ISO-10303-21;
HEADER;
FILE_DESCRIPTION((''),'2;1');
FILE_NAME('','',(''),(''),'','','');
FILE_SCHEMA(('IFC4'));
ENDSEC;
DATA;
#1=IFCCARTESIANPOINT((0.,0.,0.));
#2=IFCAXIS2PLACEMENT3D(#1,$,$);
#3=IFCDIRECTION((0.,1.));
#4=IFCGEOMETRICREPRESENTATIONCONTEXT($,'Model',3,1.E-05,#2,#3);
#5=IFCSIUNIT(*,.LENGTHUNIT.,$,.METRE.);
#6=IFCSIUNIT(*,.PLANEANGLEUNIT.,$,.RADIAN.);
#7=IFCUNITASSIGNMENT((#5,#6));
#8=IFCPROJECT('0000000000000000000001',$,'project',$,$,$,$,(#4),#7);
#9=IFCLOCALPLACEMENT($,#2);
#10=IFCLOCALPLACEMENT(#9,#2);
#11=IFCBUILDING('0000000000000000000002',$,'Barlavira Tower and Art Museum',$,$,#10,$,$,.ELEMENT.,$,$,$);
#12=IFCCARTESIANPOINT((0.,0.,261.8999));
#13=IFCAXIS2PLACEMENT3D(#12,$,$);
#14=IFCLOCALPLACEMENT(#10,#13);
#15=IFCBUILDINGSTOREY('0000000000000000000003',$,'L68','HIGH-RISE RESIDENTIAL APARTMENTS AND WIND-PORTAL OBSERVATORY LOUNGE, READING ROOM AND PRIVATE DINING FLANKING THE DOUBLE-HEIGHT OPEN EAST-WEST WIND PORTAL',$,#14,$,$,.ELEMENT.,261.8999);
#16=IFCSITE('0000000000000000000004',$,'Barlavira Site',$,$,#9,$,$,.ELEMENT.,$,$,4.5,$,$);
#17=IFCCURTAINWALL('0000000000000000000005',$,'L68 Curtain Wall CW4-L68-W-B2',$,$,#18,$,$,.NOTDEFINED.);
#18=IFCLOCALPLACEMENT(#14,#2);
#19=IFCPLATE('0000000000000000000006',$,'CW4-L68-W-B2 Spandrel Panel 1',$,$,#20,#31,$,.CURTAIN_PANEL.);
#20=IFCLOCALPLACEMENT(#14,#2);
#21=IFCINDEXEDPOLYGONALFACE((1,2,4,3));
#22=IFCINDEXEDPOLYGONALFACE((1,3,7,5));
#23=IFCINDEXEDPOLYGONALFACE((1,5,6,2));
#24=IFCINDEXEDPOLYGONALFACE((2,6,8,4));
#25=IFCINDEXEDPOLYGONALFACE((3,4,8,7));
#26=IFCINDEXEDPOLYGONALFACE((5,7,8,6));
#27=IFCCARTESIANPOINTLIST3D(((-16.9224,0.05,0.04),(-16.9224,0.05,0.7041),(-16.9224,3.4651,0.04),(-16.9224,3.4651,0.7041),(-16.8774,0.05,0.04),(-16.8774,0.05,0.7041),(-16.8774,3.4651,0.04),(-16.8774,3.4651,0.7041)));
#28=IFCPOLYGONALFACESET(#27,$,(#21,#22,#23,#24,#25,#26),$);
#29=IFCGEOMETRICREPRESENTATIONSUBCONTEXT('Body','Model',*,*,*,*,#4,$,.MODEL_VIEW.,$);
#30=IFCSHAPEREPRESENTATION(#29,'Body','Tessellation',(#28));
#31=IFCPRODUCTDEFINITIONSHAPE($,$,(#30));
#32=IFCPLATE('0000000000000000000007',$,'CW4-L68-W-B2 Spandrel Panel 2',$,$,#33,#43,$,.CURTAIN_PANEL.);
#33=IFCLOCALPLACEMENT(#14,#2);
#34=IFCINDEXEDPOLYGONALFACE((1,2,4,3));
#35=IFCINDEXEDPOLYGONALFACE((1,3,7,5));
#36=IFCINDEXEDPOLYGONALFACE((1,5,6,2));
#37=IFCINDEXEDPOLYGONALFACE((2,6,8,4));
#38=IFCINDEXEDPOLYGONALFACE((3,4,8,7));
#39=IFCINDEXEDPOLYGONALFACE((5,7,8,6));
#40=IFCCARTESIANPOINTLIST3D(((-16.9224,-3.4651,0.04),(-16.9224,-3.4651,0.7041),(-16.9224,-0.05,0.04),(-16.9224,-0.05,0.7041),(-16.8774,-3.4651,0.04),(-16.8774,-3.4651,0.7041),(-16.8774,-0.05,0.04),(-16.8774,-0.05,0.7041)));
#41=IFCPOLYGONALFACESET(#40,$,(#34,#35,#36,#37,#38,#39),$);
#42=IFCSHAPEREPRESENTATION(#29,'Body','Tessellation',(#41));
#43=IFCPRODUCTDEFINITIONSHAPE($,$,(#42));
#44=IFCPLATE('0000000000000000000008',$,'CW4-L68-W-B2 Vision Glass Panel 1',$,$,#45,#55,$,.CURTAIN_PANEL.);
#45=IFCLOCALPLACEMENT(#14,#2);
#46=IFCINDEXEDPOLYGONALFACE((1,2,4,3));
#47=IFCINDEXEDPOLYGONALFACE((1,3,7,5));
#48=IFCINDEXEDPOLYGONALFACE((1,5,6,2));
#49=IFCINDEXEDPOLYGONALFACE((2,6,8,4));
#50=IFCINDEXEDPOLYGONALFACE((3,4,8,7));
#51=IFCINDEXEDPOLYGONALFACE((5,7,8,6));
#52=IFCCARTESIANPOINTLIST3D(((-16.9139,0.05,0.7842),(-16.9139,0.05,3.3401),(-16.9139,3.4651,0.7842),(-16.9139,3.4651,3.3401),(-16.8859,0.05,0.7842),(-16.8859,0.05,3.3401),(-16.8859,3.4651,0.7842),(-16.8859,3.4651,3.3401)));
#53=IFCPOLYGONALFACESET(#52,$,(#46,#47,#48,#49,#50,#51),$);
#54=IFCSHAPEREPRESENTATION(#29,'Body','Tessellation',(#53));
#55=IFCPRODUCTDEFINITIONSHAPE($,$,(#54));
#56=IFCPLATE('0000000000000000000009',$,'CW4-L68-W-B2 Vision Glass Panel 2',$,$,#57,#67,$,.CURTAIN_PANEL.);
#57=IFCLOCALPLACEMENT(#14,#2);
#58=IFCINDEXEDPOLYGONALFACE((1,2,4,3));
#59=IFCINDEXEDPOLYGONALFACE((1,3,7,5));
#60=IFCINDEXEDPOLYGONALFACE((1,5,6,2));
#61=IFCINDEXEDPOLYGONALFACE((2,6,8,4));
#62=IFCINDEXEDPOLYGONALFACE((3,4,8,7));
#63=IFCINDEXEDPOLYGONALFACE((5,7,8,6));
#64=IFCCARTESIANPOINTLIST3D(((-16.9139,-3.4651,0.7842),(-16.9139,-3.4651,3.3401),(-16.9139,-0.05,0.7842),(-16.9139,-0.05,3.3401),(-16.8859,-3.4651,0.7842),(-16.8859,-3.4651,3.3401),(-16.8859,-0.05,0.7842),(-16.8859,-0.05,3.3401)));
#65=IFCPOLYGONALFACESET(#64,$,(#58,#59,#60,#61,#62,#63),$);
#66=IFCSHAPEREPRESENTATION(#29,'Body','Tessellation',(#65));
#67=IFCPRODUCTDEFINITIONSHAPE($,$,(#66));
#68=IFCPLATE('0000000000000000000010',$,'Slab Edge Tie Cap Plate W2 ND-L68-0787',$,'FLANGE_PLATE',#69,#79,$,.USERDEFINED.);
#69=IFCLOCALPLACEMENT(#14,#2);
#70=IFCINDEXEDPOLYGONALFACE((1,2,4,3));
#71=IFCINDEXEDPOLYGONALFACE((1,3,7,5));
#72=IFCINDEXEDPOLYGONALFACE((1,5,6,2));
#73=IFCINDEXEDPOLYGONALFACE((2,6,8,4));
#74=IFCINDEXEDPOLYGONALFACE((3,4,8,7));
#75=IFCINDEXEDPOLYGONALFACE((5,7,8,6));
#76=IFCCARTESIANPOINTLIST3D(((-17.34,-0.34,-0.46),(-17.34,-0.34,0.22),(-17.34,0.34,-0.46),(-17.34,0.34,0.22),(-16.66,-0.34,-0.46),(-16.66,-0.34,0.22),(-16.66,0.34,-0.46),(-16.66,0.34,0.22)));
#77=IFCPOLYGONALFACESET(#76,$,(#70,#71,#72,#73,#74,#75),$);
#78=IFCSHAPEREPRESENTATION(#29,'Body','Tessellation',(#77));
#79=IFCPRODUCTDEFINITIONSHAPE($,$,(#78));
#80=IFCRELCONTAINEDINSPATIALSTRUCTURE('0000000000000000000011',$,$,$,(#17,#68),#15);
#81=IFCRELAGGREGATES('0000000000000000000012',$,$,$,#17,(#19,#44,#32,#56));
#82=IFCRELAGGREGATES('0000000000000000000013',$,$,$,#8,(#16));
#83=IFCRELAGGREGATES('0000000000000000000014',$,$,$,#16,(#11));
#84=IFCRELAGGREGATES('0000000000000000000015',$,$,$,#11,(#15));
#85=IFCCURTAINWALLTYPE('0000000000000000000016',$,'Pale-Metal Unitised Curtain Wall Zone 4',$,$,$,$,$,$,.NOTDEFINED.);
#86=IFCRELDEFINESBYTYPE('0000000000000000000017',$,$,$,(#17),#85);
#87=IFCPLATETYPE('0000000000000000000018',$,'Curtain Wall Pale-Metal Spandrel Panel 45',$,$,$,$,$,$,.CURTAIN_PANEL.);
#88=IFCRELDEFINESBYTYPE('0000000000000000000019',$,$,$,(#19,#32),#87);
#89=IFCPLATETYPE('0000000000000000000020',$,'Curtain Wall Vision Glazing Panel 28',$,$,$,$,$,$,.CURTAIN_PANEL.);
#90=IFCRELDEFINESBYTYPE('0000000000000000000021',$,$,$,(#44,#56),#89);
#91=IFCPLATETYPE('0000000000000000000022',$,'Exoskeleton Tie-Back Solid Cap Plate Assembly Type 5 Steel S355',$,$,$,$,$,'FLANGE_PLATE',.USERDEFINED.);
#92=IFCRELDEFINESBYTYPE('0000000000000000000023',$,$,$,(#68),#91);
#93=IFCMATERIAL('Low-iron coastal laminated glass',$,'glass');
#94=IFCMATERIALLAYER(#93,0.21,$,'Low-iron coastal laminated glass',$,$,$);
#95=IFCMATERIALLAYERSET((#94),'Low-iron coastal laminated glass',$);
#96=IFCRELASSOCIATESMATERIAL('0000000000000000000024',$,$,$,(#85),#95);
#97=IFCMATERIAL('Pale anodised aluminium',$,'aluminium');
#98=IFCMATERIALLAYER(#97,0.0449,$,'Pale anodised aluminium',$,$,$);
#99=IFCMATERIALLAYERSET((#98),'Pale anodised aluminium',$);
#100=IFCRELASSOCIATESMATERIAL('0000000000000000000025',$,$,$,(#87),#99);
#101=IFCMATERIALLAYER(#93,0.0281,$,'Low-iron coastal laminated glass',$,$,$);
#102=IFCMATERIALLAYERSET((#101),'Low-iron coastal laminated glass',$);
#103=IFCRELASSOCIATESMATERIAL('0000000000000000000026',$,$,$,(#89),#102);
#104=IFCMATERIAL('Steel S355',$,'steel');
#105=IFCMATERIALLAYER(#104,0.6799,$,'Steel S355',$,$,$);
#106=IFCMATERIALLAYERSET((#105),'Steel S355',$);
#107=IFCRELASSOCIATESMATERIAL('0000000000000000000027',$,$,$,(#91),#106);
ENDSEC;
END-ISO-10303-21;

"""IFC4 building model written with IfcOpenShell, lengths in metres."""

from ifc_helpers import new_model, si_unit, direction, frame, origin, origin_2d, place, context, subcontext, project, spatial, rectangle, extrude, material, layer, layer_set, type_object, element, aggregate, save


model = new_model("IFC4")

# Units and contexts
model_context = context("Model", 3, precision=1e-05, world=origin(), true_north=direction((0.0, 1.0)))
body_context = subcontext(model_context, "Body", "Model", "MODEL_VIEW")
ifc_project = project(units=[si_unit("LENGTHUNIT", "METRE"), si_unit("PLANEANGLEUNIT", "RADIAN")], contexts=[model_context])

# Site, building, storey
site_placement = place(None, origin())
site = spatial("IfcSite", under=ifc_project, at=site_placement, Name="Barlavira Site", CompositionType="ELEMENT", RefElevation=4.5)
building_placement = place(site_placement, origin())
building = spatial("IfcBuilding", under=site, at=building_placement, Name="Barlavira Tower and Art Museum", CompositionType="ELEMENT")
storey_placement = place(building_placement, frame((0.0, 0.0, 261.8999)))
storey = spatial("IfcBuildingStorey", under=building, at=storey_placement, Name="L68", Description="HIGH-RISE RESIDENTIAL APARTMENTS AND WIND-PORTAL OBSERVATORY LOUNGE, READING ROOM AND PRIVATE DINING FLANKING THE DOUBLE-HEIGHT OPEN EAST-WEST WIND PORTAL", CompositionType="ELEMENT", Elevation=261.8999)

# Curtain wall
ifc_material_1 = material(Name="Low-iron coastal laminated glass", Category="glass")
ifc_layer_1 = layer(ifc_material_1, 0.21, Name="Low-iron coastal laminated glass")
ifc_layer_set_1 = layer_set([ifc_layer_1], Name="Low-iron coastal laminated glass")
curtain_wall_type = type_object("IfcCurtainWallType", Name="Pale-Metal Unitised Curtain Wall Zone 4", PredefinedType="NOTDEFINED", material=ifc_layer_set_1)
curtain_wall_placement = place(storey_placement, origin())
curtain_wall = element("IfcCurtainWall", 1, at=curtain_wall_placement, inside=storey, type_object=curtain_wall_type, Name="L68 Curtain Wall CW4-L68-W-B2", PredefinedType="NOTDEFINED")
ifc_material_2 = material(Name="Pale anodised aluminium", Category="aluminium")

# Shared definitions
ifc_material_3 = material(Name="Steel S355", Category="steel")

# Plates
ifc_layer_2 = layer(ifc_material_2, 0.0449, Name="Pale anodised aluminium")
ifc_layer_set_2 = layer_set([ifc_layer_2], Name="Pale anodised aluminium")
plate_type_1 = type_object("IfcPlateType", Name="Curtain Wall Pale-Metal Spandrel Panel 45", PredefinedType="CURTAIN_PANEL", material=ifc_layer_set_2)
plate_1_placement = place(storey_placement, frame((-16.8999, 1.7576, 0.04), z_axis=(0.0, 0.0, 1.0), x_axis=(0.0, -1.0, 0.0)))
plate_1 = element("IfcPlate", 2, at=plate_1_placement, type_object=plate_type_1, Name="CW4-L68-W-B2 Spandrel Panel 1", PredefinedType="CURTAIN_PANEL", context=body_context, shape_type="SweptSolid", body=[
    extrude(rectangle(XDim=3.415, YDim=0.0449, at=origin_2d()), origin(), (0.0, 0.0, 1.0), 0.6641),
])
plate_2_placement = place(storey_placement, frame((-16.8999, -1.7576, 0.04), z_axis=(0.0, 0.0, 1.0), x_axis=(0.0, -1.0, 0.0)))
plate_2 = element("IfcPlate", 3, at=plate_2_placement, type_object=plate_type_1, Name="CW4-L68-W-B2 Spandrel Panel 2", PredefinedType="CURTAIN_PANEL", context=body_context, shape_type="SweptSolid", body=[
    extrude(rectangle(XDim=3.415, YDim=0.0449, at=origin_2d()), origin(), (0.0, 0.0, 1.0), 0.6641),
])
ifc_layer_3 = layer(ifc_material_1, 0.0281, Name="Low-iron coastal laminated glass")
ifc_layer_set_3 = layer_set([ifc_layer_3], Name="Low-iron coastal laminated glass")
plate_type_2 = type_object("IfcPlateType", Name="Curtain Wall Vision Glazing Panel 28", PredefinedType="CURTAIN_PANEL", material=ifc_layer_set_3)
plate_3_placement = place(storey_placement, frame((-16.8999, 1.7576, 0.7842), z_axis=(0.0, 0.0, 1.0), x_axis=(0.0, -1.0, 0.0)))
plate_3 = element("IfcPlate", 4, at=plate_3_placement, type_object=plate_type_2, Name="CW4-L68-W-B2 Vision Glass Panel 1", PredefinedType="CURTAIN_PANEL", context=body_context, shape_type="SweptSolid", body=[
    extrude(rectangle(XDim=3.415, YDim=0.0281, at=origin_2d()), origin(), (0.0, 0.0, 1.0), 2.5559),
])
plate_4_placement = place(storey_placement, frame((-16.8999, -1.7576, 0.7842), z_axis=(0.0, 0.0, 1.0), x_axis=(0.0, -1.0, 0.0)))
plate_4 = element("IfcPlate", 5, at=plate_4_placement, type_object=plate_type_2, Name="CW4-L68-W-B2 Vision Glass Panel 2", PredefinedType="CURTAIN_PANEL", context=body_context, shape_type="SweptSolid", body=[
    extrude(rectangle(XDim=3.415, YDim=0.0281, at=origin_2d()), origin(), (0.0, 0.0, 1.0), 2.5559),
])
aggregate(curtain_wall, [plate_1, plate_3, plate_2, plate_4])
ifc_layer_4 = layer(ifc_material_3, 0.6799, Name="Steel S355")
ifc_layer_set_4 = layer_set([ifc_layer_4], Name="Steel S355")
plate_type_3 = type_object("IfcPlateType", Name="Exoskeleton Tie-Back Solid Cap Plate Assembly Type 5 Steel S355", ElementType="FLANGE_PLATE", PredefinedType="USERDEFINED", material=ifc_layer_set_4)
plate_5_placement = place(storey_placement, frame((-17.0, 0.0, -0.46), z_axis=(0.0, 0.0, 1.0), x_axis=(1.0, 0.0, 0.0)))
element("IfcPlate", 6, at=plate_5_placement, inside=storey, type_object=plate_type_3, Name="Slab Edge Tie Cap Plate W2 ND-L68-0787", ObjectType="FLANGE_PLATE", PredefinedType="USERDEFINED", context=body_context, shape_type="SweptSolid", body=[
    extrude(rectangle(XDim=0.6799, YDim=0.6799, at=origin_2d()), origin(), (0.0, 0.0, 1.0), 0.6799),
])

save(model, "model.ifc")
